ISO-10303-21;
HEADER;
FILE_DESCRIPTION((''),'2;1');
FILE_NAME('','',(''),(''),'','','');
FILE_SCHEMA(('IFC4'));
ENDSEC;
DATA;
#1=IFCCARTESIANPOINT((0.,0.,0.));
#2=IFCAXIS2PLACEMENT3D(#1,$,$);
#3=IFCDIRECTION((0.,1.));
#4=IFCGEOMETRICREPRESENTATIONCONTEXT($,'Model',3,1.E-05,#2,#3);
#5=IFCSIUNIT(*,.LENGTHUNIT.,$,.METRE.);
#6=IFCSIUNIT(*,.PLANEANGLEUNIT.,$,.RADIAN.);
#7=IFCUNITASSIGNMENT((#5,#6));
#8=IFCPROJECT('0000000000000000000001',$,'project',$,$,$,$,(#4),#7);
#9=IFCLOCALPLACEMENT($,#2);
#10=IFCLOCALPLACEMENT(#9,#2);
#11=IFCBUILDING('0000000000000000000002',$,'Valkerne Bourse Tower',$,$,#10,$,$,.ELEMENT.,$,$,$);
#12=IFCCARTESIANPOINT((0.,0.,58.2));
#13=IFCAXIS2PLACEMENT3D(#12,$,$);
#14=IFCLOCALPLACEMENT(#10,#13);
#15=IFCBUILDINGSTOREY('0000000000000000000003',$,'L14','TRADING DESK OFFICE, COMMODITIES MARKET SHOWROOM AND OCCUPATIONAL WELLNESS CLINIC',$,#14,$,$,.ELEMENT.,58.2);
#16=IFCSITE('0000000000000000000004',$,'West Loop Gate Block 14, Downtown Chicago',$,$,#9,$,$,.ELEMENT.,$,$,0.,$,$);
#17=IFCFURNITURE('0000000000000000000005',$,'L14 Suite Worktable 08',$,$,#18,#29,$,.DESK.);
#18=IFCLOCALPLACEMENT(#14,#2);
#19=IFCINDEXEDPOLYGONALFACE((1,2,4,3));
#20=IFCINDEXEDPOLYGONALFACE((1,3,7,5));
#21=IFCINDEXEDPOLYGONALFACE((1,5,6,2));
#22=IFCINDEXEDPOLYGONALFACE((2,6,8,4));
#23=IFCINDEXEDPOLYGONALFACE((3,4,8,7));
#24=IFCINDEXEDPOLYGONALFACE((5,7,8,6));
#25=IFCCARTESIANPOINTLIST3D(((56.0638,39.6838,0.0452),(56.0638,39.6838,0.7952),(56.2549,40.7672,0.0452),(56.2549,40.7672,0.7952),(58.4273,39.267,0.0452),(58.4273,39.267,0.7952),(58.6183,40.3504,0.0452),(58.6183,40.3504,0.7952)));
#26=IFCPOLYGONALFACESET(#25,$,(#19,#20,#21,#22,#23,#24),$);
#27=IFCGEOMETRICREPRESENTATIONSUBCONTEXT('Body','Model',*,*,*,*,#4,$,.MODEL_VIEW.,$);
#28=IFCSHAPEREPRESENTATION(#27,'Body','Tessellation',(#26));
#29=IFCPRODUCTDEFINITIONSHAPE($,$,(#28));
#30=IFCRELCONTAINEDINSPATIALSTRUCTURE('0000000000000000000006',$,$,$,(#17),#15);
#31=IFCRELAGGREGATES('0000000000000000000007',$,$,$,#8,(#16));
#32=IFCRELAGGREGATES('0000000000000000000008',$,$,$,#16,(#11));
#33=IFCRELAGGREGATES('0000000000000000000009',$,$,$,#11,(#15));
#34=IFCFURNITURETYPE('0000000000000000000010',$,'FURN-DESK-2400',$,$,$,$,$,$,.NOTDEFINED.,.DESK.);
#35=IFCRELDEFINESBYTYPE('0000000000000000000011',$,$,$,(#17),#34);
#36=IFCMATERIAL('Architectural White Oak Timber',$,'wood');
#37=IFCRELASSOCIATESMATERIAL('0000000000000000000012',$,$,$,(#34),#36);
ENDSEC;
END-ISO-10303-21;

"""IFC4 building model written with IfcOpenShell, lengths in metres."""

from ifc_helpers import new_model, si_unit, direction, frame, origin, origin_2d, place, context, subcontext, project, spatial, rectangle, extrude, material, type_object, element, save


model = new_model("IFC4")

# Units and contexts
model_context = context("Model", 3, precision=1e-05, world=origin(), true_north=direction((0.0, 1.0)))
body_context = subcontext(model_context, "Body", "Model", "MODEL_VIEW")
ifc_project = project(units=[si_unit("LENGTHUNIT", "METRE"), si_unit("PLANEANGLEUNIT", "RADIAN")], contexts=[model_context])

# Site, building, storey
site_placement = place(None, origin())
site = spatial("IfcSite", under=ifc_project, at=site_placement, Name="West Loop Gate Block 14, Downtown Chicago", CompositionType="ELEMENT", RefElevation=0.0)
building_placement = place(site_placement, origin())
building = spatial("IfcBuilding", under=site, at=building_placement, Name="Valkerne Bourse Tower", CompositionType="ELEMENT")
storey_placement = place(building_placement, frame((0.0, 0.0, 58.2)))
storey = spatial("IfcBuildingStorey", under=building, at=storey_placement, Name="L14", Description="TRADING DESK OFFICE, COMMODITIES MARKET SHOWROOM AND OCCUPATIONAL WELLNESS CLINIC", CompositionType="ELEMENT", Elevation=58.2)

# Furniture
ifc_material_1 = material(Name="Architectural White Oak Timber", Category="wood")
furniture_type = type_object("IfcFurnitureType", Name="FURN-DESK-2400", AssemblyPlace="NOTDEFINED", PredefinedType="DESK", material=ifc_material_1)
furniture_placement = place(storey_placement, frame((57.3411, 40.0171, 0.0452), z_axis=(0.0, 0.0, 1.0), x_axis=(-0.984808, 0.173648, 0.0)))
element("IfcFurniture", 1, at=furniture_placement, inside=storey, type_object=furniture_type, Name="L14 Suite Worktable 08", PredefinedType="DESK", context=body_context, shape_type="SweptSolid", body=[
    extrude(rectangle(XDim=2.3999, YDim=1.1001, at=origin_2d()), origin(), (0.0, 0.0, 1.0), 0.75),
])

save(model, "model.ifc")
